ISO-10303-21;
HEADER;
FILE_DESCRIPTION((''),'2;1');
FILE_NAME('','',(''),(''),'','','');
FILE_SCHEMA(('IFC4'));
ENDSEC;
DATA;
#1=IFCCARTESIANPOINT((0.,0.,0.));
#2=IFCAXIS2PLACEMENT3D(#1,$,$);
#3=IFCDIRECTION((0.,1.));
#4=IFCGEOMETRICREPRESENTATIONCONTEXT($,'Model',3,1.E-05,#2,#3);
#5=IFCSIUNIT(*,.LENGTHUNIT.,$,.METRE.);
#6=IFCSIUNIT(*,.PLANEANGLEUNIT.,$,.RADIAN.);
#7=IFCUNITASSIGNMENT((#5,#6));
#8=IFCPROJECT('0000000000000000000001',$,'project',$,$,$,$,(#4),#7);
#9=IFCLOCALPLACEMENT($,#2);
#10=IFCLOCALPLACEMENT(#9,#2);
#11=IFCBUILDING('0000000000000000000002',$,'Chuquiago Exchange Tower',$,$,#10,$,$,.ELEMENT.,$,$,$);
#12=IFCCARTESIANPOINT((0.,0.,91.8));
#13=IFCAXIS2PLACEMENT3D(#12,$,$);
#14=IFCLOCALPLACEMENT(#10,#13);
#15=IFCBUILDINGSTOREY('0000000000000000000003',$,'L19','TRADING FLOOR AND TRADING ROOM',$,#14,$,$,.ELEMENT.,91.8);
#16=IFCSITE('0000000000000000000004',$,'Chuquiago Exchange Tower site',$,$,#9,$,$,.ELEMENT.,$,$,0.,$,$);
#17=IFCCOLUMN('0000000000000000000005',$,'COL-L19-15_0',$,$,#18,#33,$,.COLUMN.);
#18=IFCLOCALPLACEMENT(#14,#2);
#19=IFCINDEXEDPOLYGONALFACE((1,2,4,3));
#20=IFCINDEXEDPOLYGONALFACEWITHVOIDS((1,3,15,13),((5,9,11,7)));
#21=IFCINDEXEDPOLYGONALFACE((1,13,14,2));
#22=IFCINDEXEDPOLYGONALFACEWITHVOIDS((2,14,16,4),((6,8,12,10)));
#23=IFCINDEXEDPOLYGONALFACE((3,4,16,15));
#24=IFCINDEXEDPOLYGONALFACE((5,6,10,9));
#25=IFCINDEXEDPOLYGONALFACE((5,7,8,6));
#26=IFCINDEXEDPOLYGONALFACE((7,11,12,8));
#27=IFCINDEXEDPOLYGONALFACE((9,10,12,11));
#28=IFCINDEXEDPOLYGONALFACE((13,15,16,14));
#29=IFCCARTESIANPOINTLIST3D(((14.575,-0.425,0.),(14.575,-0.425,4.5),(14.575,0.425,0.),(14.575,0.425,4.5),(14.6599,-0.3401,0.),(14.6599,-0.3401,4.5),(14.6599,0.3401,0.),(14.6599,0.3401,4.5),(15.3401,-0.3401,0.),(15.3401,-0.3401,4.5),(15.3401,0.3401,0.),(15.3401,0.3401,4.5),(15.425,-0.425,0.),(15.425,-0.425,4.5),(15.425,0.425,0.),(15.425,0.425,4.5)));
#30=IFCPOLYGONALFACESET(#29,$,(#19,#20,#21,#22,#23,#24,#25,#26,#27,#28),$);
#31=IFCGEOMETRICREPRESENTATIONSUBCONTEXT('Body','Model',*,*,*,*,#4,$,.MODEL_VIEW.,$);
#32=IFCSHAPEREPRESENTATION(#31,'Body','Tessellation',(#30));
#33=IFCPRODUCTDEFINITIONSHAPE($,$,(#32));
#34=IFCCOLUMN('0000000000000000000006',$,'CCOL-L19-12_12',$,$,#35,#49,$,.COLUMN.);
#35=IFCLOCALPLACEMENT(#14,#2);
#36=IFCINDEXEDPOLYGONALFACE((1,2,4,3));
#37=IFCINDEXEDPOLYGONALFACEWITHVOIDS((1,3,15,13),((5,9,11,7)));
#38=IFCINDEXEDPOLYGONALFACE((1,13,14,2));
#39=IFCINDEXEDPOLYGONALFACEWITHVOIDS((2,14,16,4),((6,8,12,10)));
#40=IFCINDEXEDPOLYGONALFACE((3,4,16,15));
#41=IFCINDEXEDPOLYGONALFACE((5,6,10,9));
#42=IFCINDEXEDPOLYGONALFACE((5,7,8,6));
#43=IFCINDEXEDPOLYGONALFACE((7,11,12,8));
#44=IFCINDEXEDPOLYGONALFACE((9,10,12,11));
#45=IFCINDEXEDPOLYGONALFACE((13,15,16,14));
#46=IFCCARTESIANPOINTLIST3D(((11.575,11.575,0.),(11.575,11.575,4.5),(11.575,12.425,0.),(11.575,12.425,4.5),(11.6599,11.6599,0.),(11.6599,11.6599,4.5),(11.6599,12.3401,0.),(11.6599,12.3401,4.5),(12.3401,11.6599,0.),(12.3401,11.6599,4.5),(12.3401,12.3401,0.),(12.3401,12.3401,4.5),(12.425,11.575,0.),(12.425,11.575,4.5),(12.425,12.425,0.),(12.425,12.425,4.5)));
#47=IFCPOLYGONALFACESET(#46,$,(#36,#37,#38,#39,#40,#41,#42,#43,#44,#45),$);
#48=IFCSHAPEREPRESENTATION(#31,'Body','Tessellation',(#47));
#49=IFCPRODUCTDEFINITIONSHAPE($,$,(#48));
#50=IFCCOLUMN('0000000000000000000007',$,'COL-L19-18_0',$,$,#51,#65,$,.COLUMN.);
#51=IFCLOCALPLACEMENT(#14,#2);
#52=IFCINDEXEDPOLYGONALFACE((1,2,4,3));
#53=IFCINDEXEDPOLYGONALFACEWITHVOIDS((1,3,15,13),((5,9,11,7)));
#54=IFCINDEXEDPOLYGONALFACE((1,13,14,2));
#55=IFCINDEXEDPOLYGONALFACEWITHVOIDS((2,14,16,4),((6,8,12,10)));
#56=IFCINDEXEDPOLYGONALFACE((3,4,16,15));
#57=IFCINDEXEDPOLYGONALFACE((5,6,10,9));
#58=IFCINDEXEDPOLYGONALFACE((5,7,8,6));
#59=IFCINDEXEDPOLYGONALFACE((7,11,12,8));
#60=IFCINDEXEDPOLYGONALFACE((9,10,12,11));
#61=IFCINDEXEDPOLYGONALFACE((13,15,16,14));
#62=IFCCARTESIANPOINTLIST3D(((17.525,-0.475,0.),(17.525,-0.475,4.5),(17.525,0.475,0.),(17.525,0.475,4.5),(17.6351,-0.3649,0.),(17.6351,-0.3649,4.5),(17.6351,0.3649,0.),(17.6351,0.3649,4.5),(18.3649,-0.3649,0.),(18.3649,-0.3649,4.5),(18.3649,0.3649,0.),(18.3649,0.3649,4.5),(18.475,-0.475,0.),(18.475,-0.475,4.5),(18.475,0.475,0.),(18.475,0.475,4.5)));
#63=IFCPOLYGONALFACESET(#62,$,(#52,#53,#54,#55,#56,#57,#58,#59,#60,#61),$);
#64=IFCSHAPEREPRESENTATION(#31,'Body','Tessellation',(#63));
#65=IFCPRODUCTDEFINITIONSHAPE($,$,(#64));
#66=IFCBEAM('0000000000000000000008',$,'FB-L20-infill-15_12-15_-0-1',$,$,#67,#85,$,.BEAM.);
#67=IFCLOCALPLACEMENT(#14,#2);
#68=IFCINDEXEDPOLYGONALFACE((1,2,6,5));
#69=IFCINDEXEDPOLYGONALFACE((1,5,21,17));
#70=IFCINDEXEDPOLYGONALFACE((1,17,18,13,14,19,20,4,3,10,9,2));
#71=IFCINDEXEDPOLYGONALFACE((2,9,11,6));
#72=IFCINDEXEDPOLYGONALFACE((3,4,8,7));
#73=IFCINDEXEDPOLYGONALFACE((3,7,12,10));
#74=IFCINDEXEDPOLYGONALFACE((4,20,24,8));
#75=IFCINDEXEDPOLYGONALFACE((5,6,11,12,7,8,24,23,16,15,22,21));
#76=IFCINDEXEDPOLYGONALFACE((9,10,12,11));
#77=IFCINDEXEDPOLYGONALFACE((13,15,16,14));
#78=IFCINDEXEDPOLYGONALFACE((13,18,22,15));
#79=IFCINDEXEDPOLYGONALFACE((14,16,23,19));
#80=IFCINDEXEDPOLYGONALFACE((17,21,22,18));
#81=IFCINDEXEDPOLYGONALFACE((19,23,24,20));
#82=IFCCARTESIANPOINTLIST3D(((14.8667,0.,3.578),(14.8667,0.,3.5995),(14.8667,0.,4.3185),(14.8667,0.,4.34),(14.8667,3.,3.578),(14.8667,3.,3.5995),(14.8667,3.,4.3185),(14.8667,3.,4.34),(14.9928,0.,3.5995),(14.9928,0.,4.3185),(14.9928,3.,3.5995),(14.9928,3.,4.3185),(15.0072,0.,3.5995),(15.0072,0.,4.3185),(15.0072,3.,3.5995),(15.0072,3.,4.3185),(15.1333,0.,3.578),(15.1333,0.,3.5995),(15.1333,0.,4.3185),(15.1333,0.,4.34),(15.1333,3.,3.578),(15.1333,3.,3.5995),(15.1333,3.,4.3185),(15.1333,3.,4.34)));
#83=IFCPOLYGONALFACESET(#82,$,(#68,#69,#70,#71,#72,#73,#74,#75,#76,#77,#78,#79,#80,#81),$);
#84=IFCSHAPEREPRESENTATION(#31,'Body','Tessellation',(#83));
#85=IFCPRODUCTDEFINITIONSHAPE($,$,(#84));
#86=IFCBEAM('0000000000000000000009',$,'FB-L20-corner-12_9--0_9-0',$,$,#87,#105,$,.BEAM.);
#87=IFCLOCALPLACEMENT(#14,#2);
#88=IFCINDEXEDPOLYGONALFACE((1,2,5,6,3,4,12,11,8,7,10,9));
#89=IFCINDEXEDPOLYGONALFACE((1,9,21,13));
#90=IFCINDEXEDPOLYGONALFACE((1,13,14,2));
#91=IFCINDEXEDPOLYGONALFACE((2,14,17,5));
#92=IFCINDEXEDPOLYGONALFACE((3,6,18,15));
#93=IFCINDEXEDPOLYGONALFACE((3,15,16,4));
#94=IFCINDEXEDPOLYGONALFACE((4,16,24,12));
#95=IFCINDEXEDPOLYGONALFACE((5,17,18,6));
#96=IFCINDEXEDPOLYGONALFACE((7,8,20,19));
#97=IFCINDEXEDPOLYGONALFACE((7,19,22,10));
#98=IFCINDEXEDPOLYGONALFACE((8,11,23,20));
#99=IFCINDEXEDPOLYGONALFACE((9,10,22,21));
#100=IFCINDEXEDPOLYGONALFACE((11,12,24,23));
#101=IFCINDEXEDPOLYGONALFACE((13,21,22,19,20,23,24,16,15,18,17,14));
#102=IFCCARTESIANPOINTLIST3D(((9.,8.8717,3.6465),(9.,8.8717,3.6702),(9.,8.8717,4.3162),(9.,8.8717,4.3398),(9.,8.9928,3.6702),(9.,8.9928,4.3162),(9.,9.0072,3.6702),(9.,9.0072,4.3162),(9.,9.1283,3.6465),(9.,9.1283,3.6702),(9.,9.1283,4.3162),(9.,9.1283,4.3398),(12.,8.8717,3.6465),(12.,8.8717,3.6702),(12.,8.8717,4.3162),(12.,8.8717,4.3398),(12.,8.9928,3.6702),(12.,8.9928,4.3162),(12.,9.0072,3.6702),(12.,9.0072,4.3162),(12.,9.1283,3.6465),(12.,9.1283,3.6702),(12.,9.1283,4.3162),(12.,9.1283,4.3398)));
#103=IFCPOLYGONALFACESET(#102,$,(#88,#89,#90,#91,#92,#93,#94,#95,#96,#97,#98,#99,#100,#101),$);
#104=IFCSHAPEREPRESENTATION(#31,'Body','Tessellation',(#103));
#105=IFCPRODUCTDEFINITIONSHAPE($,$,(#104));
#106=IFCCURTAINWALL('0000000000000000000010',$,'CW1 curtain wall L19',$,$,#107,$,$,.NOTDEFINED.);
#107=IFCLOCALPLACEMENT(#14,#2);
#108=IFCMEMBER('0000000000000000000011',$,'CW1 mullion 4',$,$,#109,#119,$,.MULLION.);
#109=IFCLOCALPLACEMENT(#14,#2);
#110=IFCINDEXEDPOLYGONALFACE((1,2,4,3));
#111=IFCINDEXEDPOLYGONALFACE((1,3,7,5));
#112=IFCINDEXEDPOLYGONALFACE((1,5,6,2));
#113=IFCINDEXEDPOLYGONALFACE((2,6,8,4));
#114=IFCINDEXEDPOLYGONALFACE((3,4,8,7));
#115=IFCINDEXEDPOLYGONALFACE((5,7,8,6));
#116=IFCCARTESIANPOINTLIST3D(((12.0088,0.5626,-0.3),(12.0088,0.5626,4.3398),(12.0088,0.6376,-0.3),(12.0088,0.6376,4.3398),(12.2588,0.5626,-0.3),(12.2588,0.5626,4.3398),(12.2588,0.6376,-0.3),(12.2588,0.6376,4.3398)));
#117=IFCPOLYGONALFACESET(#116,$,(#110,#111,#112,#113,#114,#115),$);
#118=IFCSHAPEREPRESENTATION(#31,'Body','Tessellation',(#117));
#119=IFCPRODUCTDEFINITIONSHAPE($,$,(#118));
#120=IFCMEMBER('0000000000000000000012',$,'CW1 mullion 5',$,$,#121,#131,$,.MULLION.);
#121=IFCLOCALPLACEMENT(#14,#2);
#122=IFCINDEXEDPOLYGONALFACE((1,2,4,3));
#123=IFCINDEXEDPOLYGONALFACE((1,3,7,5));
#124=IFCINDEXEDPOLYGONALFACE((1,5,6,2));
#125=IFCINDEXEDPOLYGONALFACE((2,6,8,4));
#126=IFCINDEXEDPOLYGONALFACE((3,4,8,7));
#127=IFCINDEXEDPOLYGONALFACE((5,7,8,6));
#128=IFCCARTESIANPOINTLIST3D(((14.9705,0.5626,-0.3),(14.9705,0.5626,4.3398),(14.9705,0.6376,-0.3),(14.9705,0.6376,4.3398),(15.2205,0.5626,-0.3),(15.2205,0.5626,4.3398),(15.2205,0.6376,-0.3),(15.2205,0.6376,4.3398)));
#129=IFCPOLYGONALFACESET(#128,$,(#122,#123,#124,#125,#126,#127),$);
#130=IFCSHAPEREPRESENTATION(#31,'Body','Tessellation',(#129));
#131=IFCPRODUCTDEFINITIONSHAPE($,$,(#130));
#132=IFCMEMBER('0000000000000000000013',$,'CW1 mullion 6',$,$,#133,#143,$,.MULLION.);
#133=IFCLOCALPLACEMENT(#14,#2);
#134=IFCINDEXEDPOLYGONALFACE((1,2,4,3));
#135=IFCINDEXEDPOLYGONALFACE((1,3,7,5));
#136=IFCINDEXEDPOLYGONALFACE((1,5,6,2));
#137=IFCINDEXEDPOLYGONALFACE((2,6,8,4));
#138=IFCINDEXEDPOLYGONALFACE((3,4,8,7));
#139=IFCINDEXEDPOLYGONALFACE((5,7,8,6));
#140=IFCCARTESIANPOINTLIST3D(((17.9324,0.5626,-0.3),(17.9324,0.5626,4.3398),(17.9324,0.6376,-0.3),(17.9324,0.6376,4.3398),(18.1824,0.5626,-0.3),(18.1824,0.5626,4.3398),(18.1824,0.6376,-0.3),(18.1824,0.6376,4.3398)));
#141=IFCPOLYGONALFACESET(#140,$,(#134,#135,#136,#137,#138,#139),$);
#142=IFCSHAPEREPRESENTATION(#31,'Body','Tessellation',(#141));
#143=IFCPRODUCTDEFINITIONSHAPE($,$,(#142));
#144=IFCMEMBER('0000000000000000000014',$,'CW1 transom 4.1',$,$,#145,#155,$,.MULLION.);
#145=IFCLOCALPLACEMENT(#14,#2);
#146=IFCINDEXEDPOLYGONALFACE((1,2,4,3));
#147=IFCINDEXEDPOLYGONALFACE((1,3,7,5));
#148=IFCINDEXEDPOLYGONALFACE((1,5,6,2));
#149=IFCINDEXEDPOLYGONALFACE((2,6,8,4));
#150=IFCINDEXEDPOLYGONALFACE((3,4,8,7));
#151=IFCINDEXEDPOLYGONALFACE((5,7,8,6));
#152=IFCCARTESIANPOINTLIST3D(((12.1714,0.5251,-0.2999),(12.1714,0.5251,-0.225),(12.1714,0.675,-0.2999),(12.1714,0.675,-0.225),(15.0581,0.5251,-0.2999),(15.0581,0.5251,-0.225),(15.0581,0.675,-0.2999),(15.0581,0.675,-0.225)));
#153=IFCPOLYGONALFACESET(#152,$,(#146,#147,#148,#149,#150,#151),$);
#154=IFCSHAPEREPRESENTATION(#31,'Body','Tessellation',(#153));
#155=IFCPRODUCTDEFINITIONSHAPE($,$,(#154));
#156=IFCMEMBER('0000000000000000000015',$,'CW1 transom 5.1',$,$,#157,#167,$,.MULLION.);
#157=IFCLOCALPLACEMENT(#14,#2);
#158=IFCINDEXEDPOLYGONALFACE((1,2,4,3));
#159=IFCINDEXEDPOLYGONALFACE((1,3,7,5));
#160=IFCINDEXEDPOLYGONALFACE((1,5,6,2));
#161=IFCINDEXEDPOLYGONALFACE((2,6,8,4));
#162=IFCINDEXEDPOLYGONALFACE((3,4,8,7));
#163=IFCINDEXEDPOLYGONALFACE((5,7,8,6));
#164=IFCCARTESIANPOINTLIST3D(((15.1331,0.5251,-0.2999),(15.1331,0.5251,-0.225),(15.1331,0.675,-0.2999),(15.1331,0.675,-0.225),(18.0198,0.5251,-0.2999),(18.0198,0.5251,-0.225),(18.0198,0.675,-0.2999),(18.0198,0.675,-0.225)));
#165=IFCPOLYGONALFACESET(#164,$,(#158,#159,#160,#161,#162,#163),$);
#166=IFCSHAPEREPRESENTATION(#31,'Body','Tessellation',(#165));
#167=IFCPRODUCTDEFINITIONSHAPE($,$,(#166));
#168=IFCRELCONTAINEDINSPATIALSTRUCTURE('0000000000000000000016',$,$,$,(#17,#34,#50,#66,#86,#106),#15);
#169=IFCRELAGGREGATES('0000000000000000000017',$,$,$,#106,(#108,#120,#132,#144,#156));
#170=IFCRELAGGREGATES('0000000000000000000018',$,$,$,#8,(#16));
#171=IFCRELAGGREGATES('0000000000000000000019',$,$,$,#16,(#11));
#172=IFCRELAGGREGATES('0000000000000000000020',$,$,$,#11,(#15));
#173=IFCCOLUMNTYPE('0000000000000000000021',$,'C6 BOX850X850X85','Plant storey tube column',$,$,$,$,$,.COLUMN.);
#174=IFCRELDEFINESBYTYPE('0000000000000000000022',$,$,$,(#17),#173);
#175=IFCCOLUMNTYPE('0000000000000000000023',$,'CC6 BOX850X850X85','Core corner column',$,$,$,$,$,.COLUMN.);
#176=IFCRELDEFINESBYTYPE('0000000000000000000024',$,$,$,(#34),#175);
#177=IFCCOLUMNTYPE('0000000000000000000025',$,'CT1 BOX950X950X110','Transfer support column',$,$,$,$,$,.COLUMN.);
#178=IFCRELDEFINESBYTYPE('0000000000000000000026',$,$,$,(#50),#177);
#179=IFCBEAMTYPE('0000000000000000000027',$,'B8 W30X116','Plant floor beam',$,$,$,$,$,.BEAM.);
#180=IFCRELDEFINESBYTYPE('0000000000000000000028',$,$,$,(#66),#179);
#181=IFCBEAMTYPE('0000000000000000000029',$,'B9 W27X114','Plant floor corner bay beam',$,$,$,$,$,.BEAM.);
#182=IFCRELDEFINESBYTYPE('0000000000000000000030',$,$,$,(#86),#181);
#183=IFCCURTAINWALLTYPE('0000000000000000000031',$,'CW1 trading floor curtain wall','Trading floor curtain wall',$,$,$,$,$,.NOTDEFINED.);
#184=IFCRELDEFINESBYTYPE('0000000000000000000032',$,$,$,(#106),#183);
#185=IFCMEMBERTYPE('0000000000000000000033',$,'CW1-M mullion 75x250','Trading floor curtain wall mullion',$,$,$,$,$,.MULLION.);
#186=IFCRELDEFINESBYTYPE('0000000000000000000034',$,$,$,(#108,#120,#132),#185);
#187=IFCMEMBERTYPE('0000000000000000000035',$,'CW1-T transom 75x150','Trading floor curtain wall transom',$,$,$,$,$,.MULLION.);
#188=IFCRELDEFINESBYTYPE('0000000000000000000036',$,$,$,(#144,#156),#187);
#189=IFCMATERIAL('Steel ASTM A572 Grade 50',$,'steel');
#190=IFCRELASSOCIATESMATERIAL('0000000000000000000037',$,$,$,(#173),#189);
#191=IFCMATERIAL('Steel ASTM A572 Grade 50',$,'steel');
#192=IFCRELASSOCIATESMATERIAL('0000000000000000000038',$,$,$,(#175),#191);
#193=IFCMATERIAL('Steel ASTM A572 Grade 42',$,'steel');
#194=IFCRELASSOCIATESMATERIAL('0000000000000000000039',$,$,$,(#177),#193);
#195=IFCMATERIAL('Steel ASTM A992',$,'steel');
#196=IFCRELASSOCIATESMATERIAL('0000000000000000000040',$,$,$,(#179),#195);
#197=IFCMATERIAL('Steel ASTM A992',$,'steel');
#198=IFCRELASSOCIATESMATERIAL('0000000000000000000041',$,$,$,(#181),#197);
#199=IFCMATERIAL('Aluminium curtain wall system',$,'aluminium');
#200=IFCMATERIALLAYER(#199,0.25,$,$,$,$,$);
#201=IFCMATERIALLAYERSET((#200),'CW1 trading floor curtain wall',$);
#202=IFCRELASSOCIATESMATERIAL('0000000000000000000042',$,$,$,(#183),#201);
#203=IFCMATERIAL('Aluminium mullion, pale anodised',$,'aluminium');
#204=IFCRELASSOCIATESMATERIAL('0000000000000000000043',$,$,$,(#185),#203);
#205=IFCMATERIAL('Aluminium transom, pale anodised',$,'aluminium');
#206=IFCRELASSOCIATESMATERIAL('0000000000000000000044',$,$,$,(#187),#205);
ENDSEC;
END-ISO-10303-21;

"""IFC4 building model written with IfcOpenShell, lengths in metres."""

from ifc_helpers import new_model, si_unit, direction, frame, origin, origin_2d, place, context, subcontext, project, spatial, rectangle, hollow_rectangle, i_section, extrude, material, layer, layer_set, material_profile, profile_set, type_object, element, aggregate, save


model = new_model("IFC4")

# Units and contexts
model_context = context("Model", 3, precision=1e-05, world=origin(), true_north=direction((0.0, 1.0)))
body_context = subcontext(model_context, "Body", "Model", "MODEL_VIEW")
ifc_project = project(units=[si_unit("LENGTHUNIT", "METRE"), si_unit("PLANEANGLEUNIT", "RADIAN")], contexts=[model_context])

# Site, building, storey
site_placement = place(None, origin())
site = spatial("IfcSite", under=ifc_project, at=site_placement, Name="Chuquiago Exchange Tower site", CompositionType="ELEMENT", RefElevation=0.0)
building_placement = place(site_placement, origin())
building = spatial("IfcBuilding", under=site, at=building_placement, Name="Chuquiago Exchange Tower", CompositionType="ELEMENT")
storey_placement = place(building_placement, frame((0.0, 0.0, 91.8)))
storey = spatial("IfcBuildingStorey", under=building, at=storey_placement, Name="L19", Description="TRADING FLOOR AND TRADING ROOM", CompositionType="ELEMENT", Elevation=91.8)

# Columns
ifc_material_1 = material(Name="Steel ASTM A572 Grade 50", Category="steel")
ifc_material_profile_1 = material_profile(ifc_material_1, hollow_rectangle(XDim=0.8501, YDim=0.8501, WallThickness=0.085, at=origin_2d()), Name="BOX850X850X85")
ifc_profile_set_1 = profile_set([ifc_material_profile_1], Name="Steel ASTM A572 Grade 50")
column_type_1 = type_object("IfcColumnType", Name="C6 BOX850X850X85", Description="Plant storey tube column", PredefinedType="COLUMN", material=ifc_profile_set_1)
column_1_placement = place(storey_placement, frame((15.0, 0.0, 0.0), z_axis=(0.0, 0.0, 1.0), x_axis=(0.0, -1.0, 0.0)))
element("IfcColumn", 1, at=column_1_placement, inside=storey, type_object=column_type_1, Name="COL-L19-15_0", PredefinedType="COLUMN", context=body_context, shape_type="SweptSolid", body=[
    extrude(hollow_rectangle(XDim=0.8501, YDim=0.8501, WallThickness=0.085, at=origin_2d()), origin(), (0.0, 0.0, 1.0), 4.5),
])
ifc_material_2 = material(Name="Steel ASTM A572 Grade 50", Category="steel")
ifc_material_profile_2 = material_profile(ifc_material_2, hollow_rectangle(XDim=0.8501, YDim=0.8501, WallThickness=0.085, at=origin_2d()), Name="BOX850X850X85")
ifc_profile_set_2 = profile_set([ifc_material_profile_2], Name="Steel ASTM A572 Grade 50")
column_type_2 = type_object("IfcColumnType", Name="CC6 BOX850X850X85", Description="Core corner column", PredefinedType="COLUMN", material=ifc_profile_set_2)
column_2_placement = place(storey_placement, frame((12.0, 12.0, 0.0), z_axis=(0.0, 0.0, 1.0), x_axis=(1.0, 0.0, 0.0)))
element("IfcColumn", 2, at=column_2_placement, inside=storey, type_object=column_type_2, Name="CCOL-L19-12_12", PredefinedType="COLUMN", context=body_context, shape_type="SweptSolid", body=[
    extrude(hollow_rectangle(XDim=0.8501, YDim=0.8501, WallThickness=0.085, at=origin_2d()), origin(), (0.0, 0.0, 1.0), 4.5),
])
ifc_material_3 = material(Name="Steel ASTM A572 Grade 42", Category="steel")
ifc_material_profile_3 = material_profile(ifc_material_3, hollow_rectangle(XDim=0.95, YDim=0.95, WallThickness=0.1101, at=origin_2d()), Name="BOX950X950X110")
ifc_profile_set_3 = profile_set([ifc_material_profile_3], Name="Steel ASTM A572 Grade 42")
column_type_3 = type_object("IfcColumnType", Name="CT1 BOX950X950X110", Description="Transfer support column", PredefinedType="COLUMN", material=ifc_profile_set_3)
column_3_placement = place(storey_placement, frame((18.0, 0.0, 0.0), z_axis=(0.0, 0.0, 1.0), x_axis=(0.0, -1.0, 0.0)))
element("IfcColumn", 3, at=column_3_placement, inside=storey, type_object=column_type_3, Name="COL-L19-18_0", PredefinedType="COLUMN", context=body_context, shape_type="SweptSolid", body=[
    extrude(hollow_rectangle(XDim=0.95, YDim=0.95, WallThickness=0.1101, at=origin_2d()), origin(), (0.0, 0.0, 1.0), 4.5),
])

# Beams
ifc_material_4 = material(Name="Steel ASTM A992", Category="steel")
ifc_material_profile_4 = material_profile(ifc_material_4, i_section(OverallWidth=0.2666, OverallDepth=0.762, WebThickness=0.0144, FlangeThickness=0.0215, at=origin_2d()), Name="W30X116")
ifc_profile_set_4 = profile_set([ifc_material_profile_4], Name="Steel ASTM A992")
beam_type_1 = type_object("IfcBeamType", Name="B8 W30X116", Description="Plant floor beam", PredefinedType="BEAM", material=ifc_profile_set_4)
beam_1_placement = place(storey_placement, frame((15.0, 3.0, 3.959), z_axis=(0.0, -1.0, 0.0), x_axis=(1.0, 0.0, 0.0)))
element("IfcBeam", 4, at=beam_1_placement, inside=storey, type_object=beam_type_1, Name="FB-L20-infill-15_12-15_-0-1", PredefinedType="BEAM", context=body_context, shape_type="SweptSolid", body=[
    extrude(i_section(OverallWidth=0.2666, OverallDepth=0.762, WebThickness=0.0144, FlangeThickness=0.0215, at=origin_2d()), origin(), (0.0, 0.0, 1.0), 3.0),
])
ifc_material_5 = material(Name="Steel ASTM A992", Category="steel")
ifc_material_profile_5 = material_profile(ifc_material_5, i_section(OverallWidth=0.2566, OverallDepth=0.6934, WebThickness=0.0144, FlangeThickness=0.0237, at=origin_2d()), Name="W27X114")
ifc_profile_set_5 = profile_set([ifc_material_profile_5], Name="Steel ASTM A992")
beam_type_2 = type_object("IfcBeamType", Name="B9 W27X114", Description="Plant floor corner bay beam", PredefinedType="BEAM", material=ifc_profile_set_5)
beam_2_placement = place(storey_placement, frame((12.0, 9.0, 3.9932), z_axis=(-1.0, 0.0, 0.0), x_axis=(0.0, -1.0, 0.0)))
element("IfcBeam", 5, at=beam_2_placement, inside=storey, type_object=beam_type_2, Name="FB-L20-corner-12_9--0_9-0", PredefinedType="BEAM", context=body_context, shape_type="SweptSolid", body=[
    extrude(i_section(OverallWidth=0.2566, OverallDepth=0.6934, WebThickness=0.0144, FlangeThickness=0.0237, at=origin_2d()), origin(), (0.0, 0.0, 1.0), 3.0),
])

# Curtain wall, members
ifc_material_6 = material(Name="Aluminium curtain wall system", Category="aluminium")
ifc_layer_1 = layer(ifc_material_6, 0.25)
ifc_layer_set_1 = layer_set([ifc_layer_1], Name="CW1 trading floor curtain wall")
curtain_wall_type = type_object("IfcCurtainWallType", Name="CW1 trading floor curtain wall", Description="Trading floor curtain wall", PredefinedType="NOTDEFINED", material=ifc_layer_set_1)
curtain_wall_placement = place(storey_placement, origin())
curtain_wall = element("IfcCurtainWall", 6, at=curtain_wall_placement, inside=storey, type_object=curtain_wall_type, Name="CW1 curtain wall L19", PredefinedType="NOTDEFINED")
ifc_material_7 = material(Name="Aluminium mullion, pale anodised", Category="aluminium")
ifc_material_profile_6 = material_profile(ifc_material_7, rectangle(XDim=0.075, YDim=0.25, at=origin_2d()), Name="AL 75x250")
ifc_profile_set_6 = profile_set([ifc_material_profile_6], Name="Aluminium mullion, pale anodised")
member_type_1 = type_object("IfcMemberType", Name="CW1-M mullion 75x250", Description="Trading floor curtain wall mullion", PredefinedType="MULLION", material=ifc_profile_set_6)
member_1_placement = place(storey_placement, frame((12.1338, 0.6001, -0.3), z_axis=(0.0, 0.0, 1.0), x_axis=(0.0, 1.0, 0.0)))
member_1 = element("IfcMember", 7, at=member_1_placement, type_object=member_type_1, Name="CW1 mullion 4", PredefinedType="MULLION", context=body_context, shape_type="SweptSolid", body=[
    extrude(rectangle(XDim=0.075, YDim=0.25, at=origin_2d()), origin(), (0.0, 0.0, 1.0), 4.6399),
])
member_2_placement = place(storey_placement, frame((15.0955, 0.6001, -0.3), z_axis=(0.0, 0.0, 1.0), x_axis=(0.0, 1.0, 0.0)))
member_2 = element("IfcMember", 8, at=member_2_placement, type_object=member_type_1, Name="CW1 mullion 5", PredefinedType="MULLION", context=body_context, shape_type="SweptSolid", body=[
    extrude(rectangle(XDim=0.075, YDim=0.25, at=origin_2d()), origin(), (0.0, 0.0, 1.0), 4.6399),
])
member_3_placement = place(storey_placement, frame((18.0574, 0.6001, -0.3), z_axis=(0.0, 0.0, 1.0), x_axis=(0.0, 1.0, 0.0)))
member_3 = element("IfcMember", 9, at=member_3_placement, type_object=member_type_1, Name="CW1 mullion 6", PredefinedType="MULLION", context=body_context, shape_type="SweptSolid", body=[
    extrude(rectangle(XDim=0.075, YDim=0.25, at=origin_2d()), origin(), (0.0, 0.0, 1.0), 4.6399),
])
ifc_material_8 = material(Name="Aluminium transom, pale anodised", Category="aluminium")
ifc_material_profile_7 = material_profile(ifc_material_8, rectangle(XDim=0.1499, YDim=0.075, at=origin_2d()), Name="AL 150x75")
ifc_profile_set_7 = profile_set([ifc_material_profile_7], Name="Aluminium transom, pale anodised")
member_type_2 = type_object("IfcMemberType", Name="CW1-T transom 75x150", Description="Trading floor curtain wall transom", PredefinedType="MULLION", material=ifc_profile_set_7)
member_4_placement = place(storey_placement, frame((12.1714, 0.6001, -0.2625), z_axis=(1.0, 0.0, 0.0), x_axis=(0.0, 1.0, 0.0)))
member_4 = element("IfcMember", 10, at=member_4_placement, type_object=member_type_2, Name="CW1 transom 4.1", PredefinedType="MULLION", context=body_context, shape_type="SweptSolid", body=[
    extrude(rectangle(XDim=0.1499, YDim=0.075, at=origin_2d()), origin(), (0.0, 0.0, 1.0), 2.8867),
])
member_5_placement = place(storey_placement, frame((15.1331, 0.6001, -0.2625), z_axis=(1.0, 0.0, 0.0), x_axis=(0.0, 1.0, 0.0)))
member_5 = element("IfcMember", 11, at=member_5_placement, type_object=member_type_2, Name="CW1 transom 5.1", PredefinedType="MULLION", context=body_context, shape_type="SweptSolid", body=[
    extrude(rectangle(XDim=0.1499, YDim=0.075, at=origin_2d()), origin(), (0.0, 0.0, 1.0), 2.8867),
])

aggregate(curtain_wall, [member_1, member_2, member_3, member_4, member_5])

save(model, "model.ifc")
